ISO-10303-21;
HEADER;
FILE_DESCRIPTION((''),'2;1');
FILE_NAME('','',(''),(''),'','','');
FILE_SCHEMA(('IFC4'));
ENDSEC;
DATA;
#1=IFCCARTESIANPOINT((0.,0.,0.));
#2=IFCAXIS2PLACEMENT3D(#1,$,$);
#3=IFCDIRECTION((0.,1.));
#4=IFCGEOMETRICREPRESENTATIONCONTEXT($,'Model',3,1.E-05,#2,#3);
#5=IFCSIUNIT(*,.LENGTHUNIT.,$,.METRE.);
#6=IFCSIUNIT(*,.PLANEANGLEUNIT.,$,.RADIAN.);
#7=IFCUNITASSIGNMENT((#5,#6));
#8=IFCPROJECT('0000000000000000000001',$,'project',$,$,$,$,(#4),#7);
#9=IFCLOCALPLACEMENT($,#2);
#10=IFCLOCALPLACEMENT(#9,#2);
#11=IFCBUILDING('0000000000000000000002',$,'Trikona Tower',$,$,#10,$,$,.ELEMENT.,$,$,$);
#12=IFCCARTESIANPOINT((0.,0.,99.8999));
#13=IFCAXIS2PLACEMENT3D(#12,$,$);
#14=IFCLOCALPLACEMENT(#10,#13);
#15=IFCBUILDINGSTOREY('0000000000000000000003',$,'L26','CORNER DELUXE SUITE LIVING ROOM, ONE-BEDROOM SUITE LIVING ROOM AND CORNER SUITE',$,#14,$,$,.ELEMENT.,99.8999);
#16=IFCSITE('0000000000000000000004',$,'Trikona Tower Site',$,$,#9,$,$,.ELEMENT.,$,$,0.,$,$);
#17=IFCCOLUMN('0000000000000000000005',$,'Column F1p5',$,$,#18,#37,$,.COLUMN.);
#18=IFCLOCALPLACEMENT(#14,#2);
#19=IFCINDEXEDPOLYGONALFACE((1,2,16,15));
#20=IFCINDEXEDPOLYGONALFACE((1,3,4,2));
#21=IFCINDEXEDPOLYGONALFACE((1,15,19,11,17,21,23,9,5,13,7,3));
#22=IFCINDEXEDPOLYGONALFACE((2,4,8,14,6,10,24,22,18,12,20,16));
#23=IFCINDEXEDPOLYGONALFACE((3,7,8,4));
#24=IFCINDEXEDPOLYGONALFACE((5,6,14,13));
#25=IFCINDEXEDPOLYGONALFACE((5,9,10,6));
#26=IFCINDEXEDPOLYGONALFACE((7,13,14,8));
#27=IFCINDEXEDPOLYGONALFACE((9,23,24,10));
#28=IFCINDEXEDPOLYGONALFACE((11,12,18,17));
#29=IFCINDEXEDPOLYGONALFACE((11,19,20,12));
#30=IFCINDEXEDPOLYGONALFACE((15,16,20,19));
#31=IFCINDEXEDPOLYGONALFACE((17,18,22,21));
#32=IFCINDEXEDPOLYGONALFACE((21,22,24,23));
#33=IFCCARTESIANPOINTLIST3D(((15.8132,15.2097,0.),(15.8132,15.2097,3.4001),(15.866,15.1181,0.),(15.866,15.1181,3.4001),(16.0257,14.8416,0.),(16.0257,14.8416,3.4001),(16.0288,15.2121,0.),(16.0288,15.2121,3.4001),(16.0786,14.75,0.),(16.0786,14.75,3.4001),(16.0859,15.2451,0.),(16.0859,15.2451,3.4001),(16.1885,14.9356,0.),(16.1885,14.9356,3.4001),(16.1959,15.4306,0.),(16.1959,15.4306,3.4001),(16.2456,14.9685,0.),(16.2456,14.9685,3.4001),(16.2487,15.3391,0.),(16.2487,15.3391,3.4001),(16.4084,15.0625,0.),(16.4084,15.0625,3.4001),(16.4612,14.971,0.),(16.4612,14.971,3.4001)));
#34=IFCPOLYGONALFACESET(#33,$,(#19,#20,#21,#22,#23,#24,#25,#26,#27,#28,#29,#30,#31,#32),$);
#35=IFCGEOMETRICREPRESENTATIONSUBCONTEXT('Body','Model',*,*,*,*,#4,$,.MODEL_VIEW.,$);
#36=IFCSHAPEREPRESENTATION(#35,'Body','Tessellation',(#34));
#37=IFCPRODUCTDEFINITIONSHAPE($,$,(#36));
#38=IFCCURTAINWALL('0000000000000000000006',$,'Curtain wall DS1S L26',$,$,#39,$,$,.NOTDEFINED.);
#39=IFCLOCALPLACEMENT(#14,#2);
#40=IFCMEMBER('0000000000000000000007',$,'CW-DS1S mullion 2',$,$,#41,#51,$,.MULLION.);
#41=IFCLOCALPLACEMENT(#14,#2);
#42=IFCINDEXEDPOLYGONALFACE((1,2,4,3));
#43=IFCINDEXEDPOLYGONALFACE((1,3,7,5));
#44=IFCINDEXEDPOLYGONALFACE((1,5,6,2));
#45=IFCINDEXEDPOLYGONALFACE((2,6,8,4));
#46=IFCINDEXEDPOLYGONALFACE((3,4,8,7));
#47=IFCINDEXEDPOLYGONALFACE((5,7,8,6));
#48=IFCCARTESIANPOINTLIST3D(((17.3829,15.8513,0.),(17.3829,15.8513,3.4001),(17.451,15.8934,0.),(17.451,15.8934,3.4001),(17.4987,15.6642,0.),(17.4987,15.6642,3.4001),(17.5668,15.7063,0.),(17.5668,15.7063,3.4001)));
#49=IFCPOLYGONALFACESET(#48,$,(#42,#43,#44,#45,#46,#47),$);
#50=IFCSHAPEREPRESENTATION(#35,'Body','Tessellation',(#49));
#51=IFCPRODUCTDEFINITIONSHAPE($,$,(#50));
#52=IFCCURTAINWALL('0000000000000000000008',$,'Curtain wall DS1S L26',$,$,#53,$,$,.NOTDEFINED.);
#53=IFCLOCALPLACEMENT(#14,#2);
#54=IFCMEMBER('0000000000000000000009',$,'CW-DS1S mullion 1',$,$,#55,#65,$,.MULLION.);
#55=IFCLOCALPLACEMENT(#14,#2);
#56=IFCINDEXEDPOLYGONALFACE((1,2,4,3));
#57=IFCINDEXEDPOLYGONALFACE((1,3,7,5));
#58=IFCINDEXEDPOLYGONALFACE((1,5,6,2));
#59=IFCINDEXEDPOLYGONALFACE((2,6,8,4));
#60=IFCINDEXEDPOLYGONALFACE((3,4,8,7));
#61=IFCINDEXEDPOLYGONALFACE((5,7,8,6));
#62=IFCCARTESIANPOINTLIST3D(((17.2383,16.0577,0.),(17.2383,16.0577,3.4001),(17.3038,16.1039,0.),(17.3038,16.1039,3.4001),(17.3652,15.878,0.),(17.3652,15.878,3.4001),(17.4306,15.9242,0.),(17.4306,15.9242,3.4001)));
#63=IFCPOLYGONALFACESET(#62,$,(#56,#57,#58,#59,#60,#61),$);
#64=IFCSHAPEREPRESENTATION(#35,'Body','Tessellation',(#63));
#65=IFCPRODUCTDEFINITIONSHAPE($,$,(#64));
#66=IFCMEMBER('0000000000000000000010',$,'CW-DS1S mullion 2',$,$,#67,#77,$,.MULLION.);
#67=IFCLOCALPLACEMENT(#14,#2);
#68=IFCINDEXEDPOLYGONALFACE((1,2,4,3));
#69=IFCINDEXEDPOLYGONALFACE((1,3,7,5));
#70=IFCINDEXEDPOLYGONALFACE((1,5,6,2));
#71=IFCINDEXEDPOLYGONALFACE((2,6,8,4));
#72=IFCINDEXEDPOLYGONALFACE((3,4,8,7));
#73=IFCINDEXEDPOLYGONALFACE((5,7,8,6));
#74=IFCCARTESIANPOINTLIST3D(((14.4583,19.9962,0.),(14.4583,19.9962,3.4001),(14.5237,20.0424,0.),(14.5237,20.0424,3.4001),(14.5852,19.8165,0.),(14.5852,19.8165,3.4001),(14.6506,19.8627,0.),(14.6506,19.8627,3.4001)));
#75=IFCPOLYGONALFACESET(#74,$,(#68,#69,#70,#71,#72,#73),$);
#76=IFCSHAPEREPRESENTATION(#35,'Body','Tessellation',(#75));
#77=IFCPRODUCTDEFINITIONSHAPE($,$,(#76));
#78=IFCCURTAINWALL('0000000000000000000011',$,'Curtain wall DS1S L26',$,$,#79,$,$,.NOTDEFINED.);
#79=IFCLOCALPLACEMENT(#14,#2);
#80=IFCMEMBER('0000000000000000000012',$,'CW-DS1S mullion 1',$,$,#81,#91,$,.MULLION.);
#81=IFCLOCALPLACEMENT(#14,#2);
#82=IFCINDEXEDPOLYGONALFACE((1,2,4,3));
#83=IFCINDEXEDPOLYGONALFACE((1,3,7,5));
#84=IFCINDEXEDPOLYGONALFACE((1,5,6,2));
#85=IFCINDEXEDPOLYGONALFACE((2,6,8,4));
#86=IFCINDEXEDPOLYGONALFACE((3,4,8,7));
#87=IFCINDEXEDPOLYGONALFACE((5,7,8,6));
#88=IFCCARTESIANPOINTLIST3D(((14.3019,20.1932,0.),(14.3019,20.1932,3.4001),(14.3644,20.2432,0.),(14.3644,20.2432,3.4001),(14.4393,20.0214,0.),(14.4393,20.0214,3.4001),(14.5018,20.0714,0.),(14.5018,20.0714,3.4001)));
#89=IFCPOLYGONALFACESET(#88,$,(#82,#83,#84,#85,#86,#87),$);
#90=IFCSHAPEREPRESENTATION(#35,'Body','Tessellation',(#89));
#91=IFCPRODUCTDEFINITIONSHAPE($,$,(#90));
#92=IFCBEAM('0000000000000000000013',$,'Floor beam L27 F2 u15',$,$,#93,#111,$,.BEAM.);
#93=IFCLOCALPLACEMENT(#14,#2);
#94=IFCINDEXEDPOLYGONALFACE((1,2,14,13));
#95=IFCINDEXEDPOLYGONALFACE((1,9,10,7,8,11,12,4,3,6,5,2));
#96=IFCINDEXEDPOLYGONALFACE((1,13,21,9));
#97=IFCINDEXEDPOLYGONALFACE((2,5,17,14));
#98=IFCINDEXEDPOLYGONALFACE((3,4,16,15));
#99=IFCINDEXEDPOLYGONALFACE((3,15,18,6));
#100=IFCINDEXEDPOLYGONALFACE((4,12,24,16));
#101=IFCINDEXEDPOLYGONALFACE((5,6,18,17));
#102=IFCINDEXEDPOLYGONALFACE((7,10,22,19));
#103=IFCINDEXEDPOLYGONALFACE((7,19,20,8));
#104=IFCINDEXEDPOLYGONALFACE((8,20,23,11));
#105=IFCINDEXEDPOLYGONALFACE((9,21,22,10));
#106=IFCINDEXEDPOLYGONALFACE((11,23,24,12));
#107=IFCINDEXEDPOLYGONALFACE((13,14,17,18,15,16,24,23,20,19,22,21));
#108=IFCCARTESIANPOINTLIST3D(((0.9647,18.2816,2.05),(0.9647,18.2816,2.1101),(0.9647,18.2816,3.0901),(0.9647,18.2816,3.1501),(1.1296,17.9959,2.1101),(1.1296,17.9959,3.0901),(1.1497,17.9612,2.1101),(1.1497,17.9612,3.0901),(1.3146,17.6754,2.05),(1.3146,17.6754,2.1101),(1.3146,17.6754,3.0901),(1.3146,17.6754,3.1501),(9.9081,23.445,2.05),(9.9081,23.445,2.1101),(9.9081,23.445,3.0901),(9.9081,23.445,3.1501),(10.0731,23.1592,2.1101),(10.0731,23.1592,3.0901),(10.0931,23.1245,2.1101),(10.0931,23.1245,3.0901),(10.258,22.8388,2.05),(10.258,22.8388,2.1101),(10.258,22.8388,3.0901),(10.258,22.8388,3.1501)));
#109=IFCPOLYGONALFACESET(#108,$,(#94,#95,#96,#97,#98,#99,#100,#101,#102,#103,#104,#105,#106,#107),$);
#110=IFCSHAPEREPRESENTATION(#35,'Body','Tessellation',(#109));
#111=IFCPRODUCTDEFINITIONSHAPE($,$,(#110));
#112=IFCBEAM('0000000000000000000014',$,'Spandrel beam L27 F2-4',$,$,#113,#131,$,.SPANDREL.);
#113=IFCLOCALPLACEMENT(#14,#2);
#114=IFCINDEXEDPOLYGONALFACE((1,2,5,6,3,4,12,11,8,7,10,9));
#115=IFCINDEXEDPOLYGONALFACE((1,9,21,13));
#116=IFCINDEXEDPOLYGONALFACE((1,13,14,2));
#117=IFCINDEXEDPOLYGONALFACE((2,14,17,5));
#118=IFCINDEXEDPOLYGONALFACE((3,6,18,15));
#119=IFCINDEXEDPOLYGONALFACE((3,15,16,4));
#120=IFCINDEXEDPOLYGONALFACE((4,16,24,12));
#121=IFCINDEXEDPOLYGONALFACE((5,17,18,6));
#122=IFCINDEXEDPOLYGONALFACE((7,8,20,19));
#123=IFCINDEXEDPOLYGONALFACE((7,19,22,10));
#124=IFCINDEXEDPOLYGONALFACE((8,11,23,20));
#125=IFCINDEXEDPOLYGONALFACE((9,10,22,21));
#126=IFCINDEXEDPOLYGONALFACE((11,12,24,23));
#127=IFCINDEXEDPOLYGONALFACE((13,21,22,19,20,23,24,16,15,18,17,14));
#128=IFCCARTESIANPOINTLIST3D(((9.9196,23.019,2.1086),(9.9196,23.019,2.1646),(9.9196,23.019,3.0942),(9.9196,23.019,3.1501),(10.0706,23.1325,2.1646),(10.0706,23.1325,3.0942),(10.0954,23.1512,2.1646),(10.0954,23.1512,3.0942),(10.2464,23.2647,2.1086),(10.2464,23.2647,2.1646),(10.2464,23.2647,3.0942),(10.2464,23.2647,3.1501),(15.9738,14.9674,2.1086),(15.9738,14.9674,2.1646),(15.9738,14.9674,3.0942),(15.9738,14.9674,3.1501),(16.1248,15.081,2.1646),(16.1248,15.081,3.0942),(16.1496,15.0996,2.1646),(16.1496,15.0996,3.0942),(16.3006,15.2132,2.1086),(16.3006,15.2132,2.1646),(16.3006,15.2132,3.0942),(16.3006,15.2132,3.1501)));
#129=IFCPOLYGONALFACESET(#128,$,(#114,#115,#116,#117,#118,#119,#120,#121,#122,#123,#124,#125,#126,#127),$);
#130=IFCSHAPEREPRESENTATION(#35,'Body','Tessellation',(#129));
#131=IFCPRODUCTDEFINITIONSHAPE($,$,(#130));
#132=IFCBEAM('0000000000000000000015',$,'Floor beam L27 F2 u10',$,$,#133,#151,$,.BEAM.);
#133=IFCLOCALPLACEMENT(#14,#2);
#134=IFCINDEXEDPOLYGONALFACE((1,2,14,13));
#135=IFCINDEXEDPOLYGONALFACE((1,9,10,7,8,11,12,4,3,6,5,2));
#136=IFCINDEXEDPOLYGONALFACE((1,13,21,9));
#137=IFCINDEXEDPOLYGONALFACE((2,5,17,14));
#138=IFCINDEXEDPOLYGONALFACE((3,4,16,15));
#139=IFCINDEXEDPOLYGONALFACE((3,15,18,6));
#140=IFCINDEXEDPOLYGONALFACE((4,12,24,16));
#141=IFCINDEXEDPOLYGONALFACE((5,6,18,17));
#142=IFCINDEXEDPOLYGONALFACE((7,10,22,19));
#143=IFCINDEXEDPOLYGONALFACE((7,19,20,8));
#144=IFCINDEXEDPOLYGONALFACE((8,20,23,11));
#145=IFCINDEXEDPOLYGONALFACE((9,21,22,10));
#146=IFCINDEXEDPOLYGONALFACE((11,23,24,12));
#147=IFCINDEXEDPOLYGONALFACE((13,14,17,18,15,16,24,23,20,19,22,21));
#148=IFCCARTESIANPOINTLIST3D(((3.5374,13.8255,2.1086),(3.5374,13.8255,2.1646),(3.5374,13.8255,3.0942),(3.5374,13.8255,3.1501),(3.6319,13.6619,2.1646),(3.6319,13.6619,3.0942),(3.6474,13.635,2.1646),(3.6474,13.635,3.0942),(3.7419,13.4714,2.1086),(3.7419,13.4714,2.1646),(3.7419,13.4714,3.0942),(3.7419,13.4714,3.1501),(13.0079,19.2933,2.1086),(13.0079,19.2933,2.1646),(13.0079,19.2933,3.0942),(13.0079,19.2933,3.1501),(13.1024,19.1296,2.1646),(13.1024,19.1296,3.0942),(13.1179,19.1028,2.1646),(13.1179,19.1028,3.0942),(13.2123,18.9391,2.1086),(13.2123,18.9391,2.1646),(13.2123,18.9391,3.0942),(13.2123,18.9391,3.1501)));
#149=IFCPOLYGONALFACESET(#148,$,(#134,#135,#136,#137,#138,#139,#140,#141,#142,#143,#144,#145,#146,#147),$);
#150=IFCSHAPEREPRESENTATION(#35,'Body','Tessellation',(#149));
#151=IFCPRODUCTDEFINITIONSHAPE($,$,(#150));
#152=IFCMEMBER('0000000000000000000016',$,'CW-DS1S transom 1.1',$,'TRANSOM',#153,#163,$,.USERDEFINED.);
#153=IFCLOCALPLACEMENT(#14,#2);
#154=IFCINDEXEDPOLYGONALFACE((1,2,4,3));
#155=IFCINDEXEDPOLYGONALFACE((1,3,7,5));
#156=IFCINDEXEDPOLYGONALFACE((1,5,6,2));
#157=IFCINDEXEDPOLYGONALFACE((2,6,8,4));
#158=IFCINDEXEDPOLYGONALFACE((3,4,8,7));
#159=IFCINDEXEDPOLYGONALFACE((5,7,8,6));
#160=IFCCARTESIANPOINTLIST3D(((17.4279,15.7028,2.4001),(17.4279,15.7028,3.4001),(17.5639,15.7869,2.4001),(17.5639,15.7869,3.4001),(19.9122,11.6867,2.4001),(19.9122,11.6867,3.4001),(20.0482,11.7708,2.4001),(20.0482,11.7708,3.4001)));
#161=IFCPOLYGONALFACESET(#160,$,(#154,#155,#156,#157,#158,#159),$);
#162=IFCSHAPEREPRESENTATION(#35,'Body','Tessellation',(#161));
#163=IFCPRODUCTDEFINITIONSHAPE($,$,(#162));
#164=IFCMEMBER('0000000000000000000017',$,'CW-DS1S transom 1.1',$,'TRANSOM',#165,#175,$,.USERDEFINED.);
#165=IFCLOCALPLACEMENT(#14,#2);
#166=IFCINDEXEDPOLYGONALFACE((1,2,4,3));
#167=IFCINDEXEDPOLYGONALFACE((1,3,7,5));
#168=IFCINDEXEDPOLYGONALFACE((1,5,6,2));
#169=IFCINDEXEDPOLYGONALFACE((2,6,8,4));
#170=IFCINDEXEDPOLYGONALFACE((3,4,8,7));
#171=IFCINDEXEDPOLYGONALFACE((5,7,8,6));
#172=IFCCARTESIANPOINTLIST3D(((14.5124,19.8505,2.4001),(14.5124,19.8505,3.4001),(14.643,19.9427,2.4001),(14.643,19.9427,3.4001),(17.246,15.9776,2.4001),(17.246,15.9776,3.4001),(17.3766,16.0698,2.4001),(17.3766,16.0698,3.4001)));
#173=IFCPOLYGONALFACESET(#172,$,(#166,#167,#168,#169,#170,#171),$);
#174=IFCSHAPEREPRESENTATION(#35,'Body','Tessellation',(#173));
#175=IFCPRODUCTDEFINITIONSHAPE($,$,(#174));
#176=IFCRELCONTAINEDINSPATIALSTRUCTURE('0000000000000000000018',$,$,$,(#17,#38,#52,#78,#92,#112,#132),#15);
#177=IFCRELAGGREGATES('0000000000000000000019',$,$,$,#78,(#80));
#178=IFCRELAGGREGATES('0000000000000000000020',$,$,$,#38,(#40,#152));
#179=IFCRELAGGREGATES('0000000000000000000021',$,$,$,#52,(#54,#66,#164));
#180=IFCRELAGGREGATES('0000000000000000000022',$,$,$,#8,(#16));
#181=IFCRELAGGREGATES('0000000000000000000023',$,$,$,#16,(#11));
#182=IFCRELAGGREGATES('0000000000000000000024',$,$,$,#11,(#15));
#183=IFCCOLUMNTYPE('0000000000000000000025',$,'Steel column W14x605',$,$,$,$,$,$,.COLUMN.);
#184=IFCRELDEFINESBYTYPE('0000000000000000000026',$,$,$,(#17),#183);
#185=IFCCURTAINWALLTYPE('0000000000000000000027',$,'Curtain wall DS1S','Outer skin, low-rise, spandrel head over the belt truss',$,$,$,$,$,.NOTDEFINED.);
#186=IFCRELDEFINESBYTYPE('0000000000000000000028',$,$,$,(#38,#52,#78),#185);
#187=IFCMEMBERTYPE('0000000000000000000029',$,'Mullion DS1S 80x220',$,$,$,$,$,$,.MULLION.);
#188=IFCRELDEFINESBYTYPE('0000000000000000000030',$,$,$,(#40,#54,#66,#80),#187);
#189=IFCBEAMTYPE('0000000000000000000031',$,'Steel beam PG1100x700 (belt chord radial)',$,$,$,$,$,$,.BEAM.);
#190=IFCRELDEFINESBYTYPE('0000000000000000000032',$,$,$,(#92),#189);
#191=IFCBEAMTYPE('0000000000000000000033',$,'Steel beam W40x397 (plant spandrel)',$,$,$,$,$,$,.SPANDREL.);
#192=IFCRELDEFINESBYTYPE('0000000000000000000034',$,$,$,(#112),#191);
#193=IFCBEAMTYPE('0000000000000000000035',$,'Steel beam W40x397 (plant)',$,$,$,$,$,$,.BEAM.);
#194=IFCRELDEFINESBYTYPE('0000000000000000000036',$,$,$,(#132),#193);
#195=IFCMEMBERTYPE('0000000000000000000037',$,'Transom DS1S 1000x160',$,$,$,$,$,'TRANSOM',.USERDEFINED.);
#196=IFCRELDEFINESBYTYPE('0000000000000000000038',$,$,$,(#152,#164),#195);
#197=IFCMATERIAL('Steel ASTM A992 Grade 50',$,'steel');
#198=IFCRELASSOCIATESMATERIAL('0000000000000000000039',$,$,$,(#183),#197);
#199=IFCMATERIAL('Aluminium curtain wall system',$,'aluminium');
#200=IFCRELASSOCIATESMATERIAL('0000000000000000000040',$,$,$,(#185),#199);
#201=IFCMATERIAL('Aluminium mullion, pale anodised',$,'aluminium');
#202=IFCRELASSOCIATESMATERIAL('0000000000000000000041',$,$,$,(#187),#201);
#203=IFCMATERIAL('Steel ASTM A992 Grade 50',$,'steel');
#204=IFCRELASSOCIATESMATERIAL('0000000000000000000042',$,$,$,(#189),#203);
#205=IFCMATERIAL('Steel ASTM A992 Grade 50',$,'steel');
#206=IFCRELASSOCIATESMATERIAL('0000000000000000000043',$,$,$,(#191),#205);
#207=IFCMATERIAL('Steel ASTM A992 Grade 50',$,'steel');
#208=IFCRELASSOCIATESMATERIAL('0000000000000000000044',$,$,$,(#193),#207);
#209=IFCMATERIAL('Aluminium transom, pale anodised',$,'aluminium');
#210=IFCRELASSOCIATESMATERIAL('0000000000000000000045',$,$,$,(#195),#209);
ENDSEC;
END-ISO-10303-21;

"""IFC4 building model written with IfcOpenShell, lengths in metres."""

from ifc_helpers import new_model, si_unit, direction, frame, origin, origin_2d, place, context, subcontext, project, spatial, rectangle, i_section, extrude, material, material_profile, profile_set, type_object, element, aggregate, save


model = new_model("IFC4")

# Units and contexts
model_context = context("Model", 3, precision=1e-05, world=origin(), true_north=direction((0.0, 1.0)))
body_context = subcontext(model_context, "Body", "Model", "MODEL_VIEW")
ifc_project = project(units=[si_unit("LENGTHUNIT", "METRE"), si_unit("PLANEANGLEUNIT", "RADIAN")], contexts=[model_context])

# Site, building, storey
site_placement = place(None, origin())
site = spatial("IfcSite", under=ifc_project, at=site_placement, Name="Trikona Tower Site", CompositionType="ELEMENT", RefElevation=0.0)
building_placement = place(site_placement, origin())
building = spatial("IfcBuilding", under=site, at=building_placement, Name="Trikona Tower", CompositionType="ELEMENT")
storey_placement = place(building_placement, frame((0.0, 0.0, 99.8999)))
storey = spatial("IfcBuildingStorey", under=building, at=storey_placement, Name="L26", Description="CORNER DELUXE SUITE LIVING ROOM, ONE-BEDROOM SUITE LIVING ROOM AND CORNER SUITE", CompositionType="ELEMENT", Elevation=99.8999)

# Column
ifc_material_1 = material(Name="Steel ASTM A992 Grade 50", Category="steel")
ifc_material_profile_1 = material_profile(ifc_material_1, i_section(OverallWidth=0.4419, OverallDepth=0.5308, WebThickness=0.0659, FlangeThickness=0.1057, at=origin_2d()), Name="W14X605")
ifc_profile_set_1 = profile_set([ifc_material_profile_1], Name="Steel ASTM A992 Grade 50")
column_type = type_object("IfcColumnType", Name="Steel column W14x605", PredefinedType="COLUMN", material=ifc_profile_set_1)
column_placement = place(storey_placement, frame((16.1372, 15.0903, 0.0), z_axis=(0.0, 0.0, 1.0), x_axis=(0.866025, 0.5, 0.0)))
element("IfcColumn", 1, at=column_placement, inside=storey, type_object=column_type, Name="Column F1p5", PredefinedType="COLUMN", context=body_context, shape_type="SweptSolid", body=[
    extrude(i_section(OverallWidth=0.4419, OverallDepth=0.5308, WebThickness=0.0659, FlangeThickness=0.1057, at=origin_2d()), origin(), (0.0, 0.0, 1.0), 3.4001),
])

# Curtain wall, member
ifc_material_2 = material(Name="Aluminium curtain wall system", Category="aluminium")
curtain_wall_type = type_object("IfcCurtainWallType", Name="Curtain wall DS1S", Description="Outer skin, low-rise, spandrel head over the belt truss", PredefinedType="NOTDEFINED", material=ifc_material_2)
curtain_wall_1_placement = place(storey_placement, origin())
curtain_wall_1 = element("IfcCurtainWall", 2, at=curtain_wall_1_placement, inside=storey, type_object=curtain_wall_type, Name="Curtain wall DS1S L26", PredefinedType="NOTDEFINED")
ifc_material_3 = material(Name="Aluminium mullion, pale anodised", Category="aluminium")
ifc_material_profile_2 = material_profile(ifc_material_3, rectangle(XDim=0.0801, YDim=0.22, at=origin_2d()), Name="MUL-DS1S")
ifc_profile_set_2 = profile_set([ifc_material_profile_2], Name="Aluminium mullion, pale anodised")
member_type_1 = type_object("IfcMemberType", Name="Mullion DS1S 80x220", PredefinedType="MULLION", material=ifc_profile_set_2)
member_1_placement = place(storey_placement, frame((17.4749, 15.7788, 0.0), z_axis=(0.0, 0.0, 1.0), x_axis=(-0.85041, -0.52612, 0.0)))
member_1 = element("IfcMember", 3, at=member_1_placement, type_object=member_type_1, Name="CW-DS1S mullion 2", PredefinedType="MULLION", context=body_context, shape_type="SweptSolid", body=[
    extrude(rectangle(XDim=0.0801, YDim=0.22, at=origin_2d()), origin(), (0.0, 0.0, 1.0), 3.4001),
])

# Curtain wall, members
curtain_wall_2_placement = place(storey_placement, origin())
curtain_wall_2 = element("IfcCurtainWall", 4, at=curtain_wall_2_placement, inside=storey, type_object=curtain_wall_type, Name="Curtain wall DS1S L26", PredefinedType="NOTDEFINED")
member_2_placement = place(storey_placement, frame((17.3345, 15.991, 0.0), z_axis=(0.0, 0.0, 1.0), x_axis=(-0.816985, -0.576658, 0.0)))
member_2 = element("IfcMember", 5, at=member_2_placement, type_object=member_type_1, Name="CW-DS1S mullion 1", PredefinedType="MULLION", context=body_context, shape_type="SweptSolid", body=[
    extrude(rectangle(XDim=0.0801, YDim=0.22, at=origin_2d()), origin(), (0.0, 0.0, 1.0), 3.4001),
])
member_3_placement = place(storey_placement, frame((14.5544, 19.9294, 0.0), z_axis=(0.0, 0.0, 1.0), x_axis=(-0.816985, -0.576658, 0.0)))
member_3 = element("IfcMember", 6, at=member_3_placement, type_object=member_type_1, Name="CW-DS1S mullion 2", PredefinedType="MULLION", context=body_context, shape_type="SweptSolid", body=[
    extrude(rectangle(XDim=0.0801, YDim=0.22, at=origin_2d()), origin(), (0.0, 0.0, 1.0), 3.4001),
])

# Curtain wall, member
curtain_wall_3_placement = place(storey_placement, origin())
curtain_wall_3 = element("IfcCurtainWall", 7, at=curtain_wall_3_placement, inside=storey, type_object=curtain_wall_type, Name="Curtain wall DS1S L26", PredefinedType="NOTDEFINED")
member_4_placement = place(storey_placement, frame((14.4019, 20.1323, 0.0), z_axis=(0.0, 0.0, 1.0), x_axis=(-0.780938, -0.624609, 0.0)))
member_4 = element("IfcMember", 8, at=member_4_placement, type_object=member_type_1, Name="CW-DS1S mullion 1", PredefinedType="MULLION", context=body_context, shape_type="SweptSolid", body=[
    extrude(rectangle(XDim=0.0801, YDim=0.22, at=origin_2d()), origin(), (0.0, 0.0, 1.0), 3.4001),
])

# Beams
ifc_material_4 = material(Name="Steel ASTM A992 Grade 50", Category="steel")
ifc_material_profile_3 = material_profile(ifc_material_4, i_section(OverallWidth=0.7, OverallDepth=1.1001, WebThickness=0.04, FlangeThickness=0.0601, at=origin_2d()), Name="PG1100X700")
ifc_profile_set_3 = profile_set([ifc_material_profile_3], Name="Steel ASTM A992 Grade 50")
beam_type_1 = type_object("IfcBeamType", Name="Steel beam PG1100x700 (belt chord radial)", PredefinedType="BEAM", material=ifc_profile_set_3)
beam_1_placement = place(storey_placement, frame((1.1396, 17.9785, 2.6001), z_axis=(0.86603, 0.499991, 0.0), x_axis=(-0.499991, 0.86603, 0.0)))
element("IfcBeam", 9, at=beam_1_placement, inside=storey, type_object=beam_type_1, Name="Floor beam L27 F2 u15", PredefinedType="BEAM", context=body_context, shape_type="SweptSolid", body=[
    extrude(i_section(OverallWidth=0.7, OverallDepth=1.1001, WebThickness=0.04, FlangeThickness=0.0601, at=origin_2d()), origin(), (0.0, 0.0, 1.0), 10.3269),
])
ifc_material_5 = material(Name="Steel ASTM A992 Grade 50", Category="steel")
ifc_material_profile_4 = material_profile(ifc_material_5, i_section(OverallWidth=0.4089, OverallDepth=1.0415, WebThickness=0.031, FlangeThickness=0.0559, at=origin_2d()), Name="W40X397")
ifc_profile_set_4 = profile_set([ifc_material_profile_4], Name="Steel ASTM A992 Grade 50")
beam_type_2 = type_object("IfcBeamType", Name="Steel beam W40x397 (plant spandrel)", PredefinedType="SPANDREL", material=ifc_profile_set_4)
beam_2_placement = place(storey_placement, frame((16.1372, 15.0903, 2.6294), z_axis=(-0.600988, 0.799258, 0.0), x_axis=(-0.799258, -0.600988, 0.0)))
element("IfcBeam", 10, at=beam_2_placement, inside=storey, type_object=beam_type_2, Name="Spandrel beam L27 F2-4", PredefinedType="SPANDREL", context=body_context, shape_type="SweptSolid", body=[
    extrude(i_section(OverallWidth=0.4089, OverallDepth=1.0415, WebThickness=0.031, FlangeThickness=0.0559, at=origin_2d()), origin(), (0.0, 0.0, 1.0), 10.0737),
])
ifc_material_6 = material(Name="Steel ASTM A992 Grade 50", Category="steel")
ifc_material_profile_5 = material_profile(ifc_material_6, i_section(OverallWidth=0.4089, OverallDepth=1.0415, WebThickness=0.031, FlangeThickness=0.0559, at=origin_2d()), Name="W40X397")
ifc_profile_set_5 = profile_set([ifc_material_profile_5], Name="Steel ASTM A992 Grade 50")
beam_type_3 = type_object("IfcBeamType", Name="Steel beam W40x397 (plant)", PredefinedType="BEAM", material=ifc_profile_set_5)
beam_3_placement = place(storey_placement, frame((3.6396, 13.6484, 2.6294), z_axis=(0.866025, 0.5, 0.0), x_axis=(-0.5, 0.866025, 0.0)))
element("IfcBeam", 11, at=beam_3_placement, inside=storey, type_object=beam_type_3, Name="Floor beam L27 F2 u10", PredefinedType="BEAM", context=body_context, shape_type="SweptSolid", body=[
    extrude(i_section(OverallWidth=0.4089, OverallDepth=1.0415, WebThickness=0.031, FlangeThickness=0.0559, at=origin_2d()), origin(), (0.0, 0.0, 1.0), 10.9355),
])

# Members
ifc_material_7 = material(Name="Aluminium transom, pale anodised", Category="aluminium")
ifc_material_profile_6 = material_profile(ifc_material_7, rectangle(XDim=0.1599, YDim=1.0, at=origin_2d()), Name="TRN-DS1S")
ifc_profile_set_6 = profile_set([ifc_material_profile_6], Name="Aluminium transom, pale anodised")
member_type_2 = type_object("IfcMemberType", Name="Transom DS1S 1000x160", ElementType="TRANSOM", PredefinedType="USERDEFINED", material=ifc_profile_set_6)
member_5_placement = place(storey_placement, frame((19.9802, 11.7288, 2.9001), z_axis=(-0.526081, 0.850435, 0.0), x_axis=(-0.850435, -0.526081, 0.0)))
member_5 = element("IfcMember", 12, at=member_5_placement, type_object=member_type_2, Name="CW-DS1S transom 1.1", ObjectType="TRANSOM", PredefinedType="USERDEFINED", context=body_context, shape_type="SweptSolid", body=[
    extrude(rectangle(XDim=0.1599, YDim=1.0, at=origin_2d()), origin(), (0.0, 0.0, 1.0), 4.7224),
])
member_6_placement = place(storey_placement, frame((17.3113, 16.0237, 2.9001), z_axis=(-0.576645, 0.816995, 0.0), x_axis=(-0.816995, -0.576645, 0.0)))
member_6 = element("IfcMember", 13, at=member_6_placement, type_object=member_type_2, Name="CW-DS1S transom 1.1", ObjectType="TRANSOM", PredefinedType="USERDEFINED", context=body_context, shape_type="SweptSolid", body=[
    extrude(rectangle(XDim=0.1599, YDim=1.0, at=origin_2d()), origin(), (0.0, 0.0, 1.0), 4.7405),
])
aggregate(curtain_wall_3, [member_4])

aggregate(curtain_wall_1, [member_1, member_5])
aggregate(curtain_wall_2, [member_2, member_3, member_6])

save(model, "model.ifc")
